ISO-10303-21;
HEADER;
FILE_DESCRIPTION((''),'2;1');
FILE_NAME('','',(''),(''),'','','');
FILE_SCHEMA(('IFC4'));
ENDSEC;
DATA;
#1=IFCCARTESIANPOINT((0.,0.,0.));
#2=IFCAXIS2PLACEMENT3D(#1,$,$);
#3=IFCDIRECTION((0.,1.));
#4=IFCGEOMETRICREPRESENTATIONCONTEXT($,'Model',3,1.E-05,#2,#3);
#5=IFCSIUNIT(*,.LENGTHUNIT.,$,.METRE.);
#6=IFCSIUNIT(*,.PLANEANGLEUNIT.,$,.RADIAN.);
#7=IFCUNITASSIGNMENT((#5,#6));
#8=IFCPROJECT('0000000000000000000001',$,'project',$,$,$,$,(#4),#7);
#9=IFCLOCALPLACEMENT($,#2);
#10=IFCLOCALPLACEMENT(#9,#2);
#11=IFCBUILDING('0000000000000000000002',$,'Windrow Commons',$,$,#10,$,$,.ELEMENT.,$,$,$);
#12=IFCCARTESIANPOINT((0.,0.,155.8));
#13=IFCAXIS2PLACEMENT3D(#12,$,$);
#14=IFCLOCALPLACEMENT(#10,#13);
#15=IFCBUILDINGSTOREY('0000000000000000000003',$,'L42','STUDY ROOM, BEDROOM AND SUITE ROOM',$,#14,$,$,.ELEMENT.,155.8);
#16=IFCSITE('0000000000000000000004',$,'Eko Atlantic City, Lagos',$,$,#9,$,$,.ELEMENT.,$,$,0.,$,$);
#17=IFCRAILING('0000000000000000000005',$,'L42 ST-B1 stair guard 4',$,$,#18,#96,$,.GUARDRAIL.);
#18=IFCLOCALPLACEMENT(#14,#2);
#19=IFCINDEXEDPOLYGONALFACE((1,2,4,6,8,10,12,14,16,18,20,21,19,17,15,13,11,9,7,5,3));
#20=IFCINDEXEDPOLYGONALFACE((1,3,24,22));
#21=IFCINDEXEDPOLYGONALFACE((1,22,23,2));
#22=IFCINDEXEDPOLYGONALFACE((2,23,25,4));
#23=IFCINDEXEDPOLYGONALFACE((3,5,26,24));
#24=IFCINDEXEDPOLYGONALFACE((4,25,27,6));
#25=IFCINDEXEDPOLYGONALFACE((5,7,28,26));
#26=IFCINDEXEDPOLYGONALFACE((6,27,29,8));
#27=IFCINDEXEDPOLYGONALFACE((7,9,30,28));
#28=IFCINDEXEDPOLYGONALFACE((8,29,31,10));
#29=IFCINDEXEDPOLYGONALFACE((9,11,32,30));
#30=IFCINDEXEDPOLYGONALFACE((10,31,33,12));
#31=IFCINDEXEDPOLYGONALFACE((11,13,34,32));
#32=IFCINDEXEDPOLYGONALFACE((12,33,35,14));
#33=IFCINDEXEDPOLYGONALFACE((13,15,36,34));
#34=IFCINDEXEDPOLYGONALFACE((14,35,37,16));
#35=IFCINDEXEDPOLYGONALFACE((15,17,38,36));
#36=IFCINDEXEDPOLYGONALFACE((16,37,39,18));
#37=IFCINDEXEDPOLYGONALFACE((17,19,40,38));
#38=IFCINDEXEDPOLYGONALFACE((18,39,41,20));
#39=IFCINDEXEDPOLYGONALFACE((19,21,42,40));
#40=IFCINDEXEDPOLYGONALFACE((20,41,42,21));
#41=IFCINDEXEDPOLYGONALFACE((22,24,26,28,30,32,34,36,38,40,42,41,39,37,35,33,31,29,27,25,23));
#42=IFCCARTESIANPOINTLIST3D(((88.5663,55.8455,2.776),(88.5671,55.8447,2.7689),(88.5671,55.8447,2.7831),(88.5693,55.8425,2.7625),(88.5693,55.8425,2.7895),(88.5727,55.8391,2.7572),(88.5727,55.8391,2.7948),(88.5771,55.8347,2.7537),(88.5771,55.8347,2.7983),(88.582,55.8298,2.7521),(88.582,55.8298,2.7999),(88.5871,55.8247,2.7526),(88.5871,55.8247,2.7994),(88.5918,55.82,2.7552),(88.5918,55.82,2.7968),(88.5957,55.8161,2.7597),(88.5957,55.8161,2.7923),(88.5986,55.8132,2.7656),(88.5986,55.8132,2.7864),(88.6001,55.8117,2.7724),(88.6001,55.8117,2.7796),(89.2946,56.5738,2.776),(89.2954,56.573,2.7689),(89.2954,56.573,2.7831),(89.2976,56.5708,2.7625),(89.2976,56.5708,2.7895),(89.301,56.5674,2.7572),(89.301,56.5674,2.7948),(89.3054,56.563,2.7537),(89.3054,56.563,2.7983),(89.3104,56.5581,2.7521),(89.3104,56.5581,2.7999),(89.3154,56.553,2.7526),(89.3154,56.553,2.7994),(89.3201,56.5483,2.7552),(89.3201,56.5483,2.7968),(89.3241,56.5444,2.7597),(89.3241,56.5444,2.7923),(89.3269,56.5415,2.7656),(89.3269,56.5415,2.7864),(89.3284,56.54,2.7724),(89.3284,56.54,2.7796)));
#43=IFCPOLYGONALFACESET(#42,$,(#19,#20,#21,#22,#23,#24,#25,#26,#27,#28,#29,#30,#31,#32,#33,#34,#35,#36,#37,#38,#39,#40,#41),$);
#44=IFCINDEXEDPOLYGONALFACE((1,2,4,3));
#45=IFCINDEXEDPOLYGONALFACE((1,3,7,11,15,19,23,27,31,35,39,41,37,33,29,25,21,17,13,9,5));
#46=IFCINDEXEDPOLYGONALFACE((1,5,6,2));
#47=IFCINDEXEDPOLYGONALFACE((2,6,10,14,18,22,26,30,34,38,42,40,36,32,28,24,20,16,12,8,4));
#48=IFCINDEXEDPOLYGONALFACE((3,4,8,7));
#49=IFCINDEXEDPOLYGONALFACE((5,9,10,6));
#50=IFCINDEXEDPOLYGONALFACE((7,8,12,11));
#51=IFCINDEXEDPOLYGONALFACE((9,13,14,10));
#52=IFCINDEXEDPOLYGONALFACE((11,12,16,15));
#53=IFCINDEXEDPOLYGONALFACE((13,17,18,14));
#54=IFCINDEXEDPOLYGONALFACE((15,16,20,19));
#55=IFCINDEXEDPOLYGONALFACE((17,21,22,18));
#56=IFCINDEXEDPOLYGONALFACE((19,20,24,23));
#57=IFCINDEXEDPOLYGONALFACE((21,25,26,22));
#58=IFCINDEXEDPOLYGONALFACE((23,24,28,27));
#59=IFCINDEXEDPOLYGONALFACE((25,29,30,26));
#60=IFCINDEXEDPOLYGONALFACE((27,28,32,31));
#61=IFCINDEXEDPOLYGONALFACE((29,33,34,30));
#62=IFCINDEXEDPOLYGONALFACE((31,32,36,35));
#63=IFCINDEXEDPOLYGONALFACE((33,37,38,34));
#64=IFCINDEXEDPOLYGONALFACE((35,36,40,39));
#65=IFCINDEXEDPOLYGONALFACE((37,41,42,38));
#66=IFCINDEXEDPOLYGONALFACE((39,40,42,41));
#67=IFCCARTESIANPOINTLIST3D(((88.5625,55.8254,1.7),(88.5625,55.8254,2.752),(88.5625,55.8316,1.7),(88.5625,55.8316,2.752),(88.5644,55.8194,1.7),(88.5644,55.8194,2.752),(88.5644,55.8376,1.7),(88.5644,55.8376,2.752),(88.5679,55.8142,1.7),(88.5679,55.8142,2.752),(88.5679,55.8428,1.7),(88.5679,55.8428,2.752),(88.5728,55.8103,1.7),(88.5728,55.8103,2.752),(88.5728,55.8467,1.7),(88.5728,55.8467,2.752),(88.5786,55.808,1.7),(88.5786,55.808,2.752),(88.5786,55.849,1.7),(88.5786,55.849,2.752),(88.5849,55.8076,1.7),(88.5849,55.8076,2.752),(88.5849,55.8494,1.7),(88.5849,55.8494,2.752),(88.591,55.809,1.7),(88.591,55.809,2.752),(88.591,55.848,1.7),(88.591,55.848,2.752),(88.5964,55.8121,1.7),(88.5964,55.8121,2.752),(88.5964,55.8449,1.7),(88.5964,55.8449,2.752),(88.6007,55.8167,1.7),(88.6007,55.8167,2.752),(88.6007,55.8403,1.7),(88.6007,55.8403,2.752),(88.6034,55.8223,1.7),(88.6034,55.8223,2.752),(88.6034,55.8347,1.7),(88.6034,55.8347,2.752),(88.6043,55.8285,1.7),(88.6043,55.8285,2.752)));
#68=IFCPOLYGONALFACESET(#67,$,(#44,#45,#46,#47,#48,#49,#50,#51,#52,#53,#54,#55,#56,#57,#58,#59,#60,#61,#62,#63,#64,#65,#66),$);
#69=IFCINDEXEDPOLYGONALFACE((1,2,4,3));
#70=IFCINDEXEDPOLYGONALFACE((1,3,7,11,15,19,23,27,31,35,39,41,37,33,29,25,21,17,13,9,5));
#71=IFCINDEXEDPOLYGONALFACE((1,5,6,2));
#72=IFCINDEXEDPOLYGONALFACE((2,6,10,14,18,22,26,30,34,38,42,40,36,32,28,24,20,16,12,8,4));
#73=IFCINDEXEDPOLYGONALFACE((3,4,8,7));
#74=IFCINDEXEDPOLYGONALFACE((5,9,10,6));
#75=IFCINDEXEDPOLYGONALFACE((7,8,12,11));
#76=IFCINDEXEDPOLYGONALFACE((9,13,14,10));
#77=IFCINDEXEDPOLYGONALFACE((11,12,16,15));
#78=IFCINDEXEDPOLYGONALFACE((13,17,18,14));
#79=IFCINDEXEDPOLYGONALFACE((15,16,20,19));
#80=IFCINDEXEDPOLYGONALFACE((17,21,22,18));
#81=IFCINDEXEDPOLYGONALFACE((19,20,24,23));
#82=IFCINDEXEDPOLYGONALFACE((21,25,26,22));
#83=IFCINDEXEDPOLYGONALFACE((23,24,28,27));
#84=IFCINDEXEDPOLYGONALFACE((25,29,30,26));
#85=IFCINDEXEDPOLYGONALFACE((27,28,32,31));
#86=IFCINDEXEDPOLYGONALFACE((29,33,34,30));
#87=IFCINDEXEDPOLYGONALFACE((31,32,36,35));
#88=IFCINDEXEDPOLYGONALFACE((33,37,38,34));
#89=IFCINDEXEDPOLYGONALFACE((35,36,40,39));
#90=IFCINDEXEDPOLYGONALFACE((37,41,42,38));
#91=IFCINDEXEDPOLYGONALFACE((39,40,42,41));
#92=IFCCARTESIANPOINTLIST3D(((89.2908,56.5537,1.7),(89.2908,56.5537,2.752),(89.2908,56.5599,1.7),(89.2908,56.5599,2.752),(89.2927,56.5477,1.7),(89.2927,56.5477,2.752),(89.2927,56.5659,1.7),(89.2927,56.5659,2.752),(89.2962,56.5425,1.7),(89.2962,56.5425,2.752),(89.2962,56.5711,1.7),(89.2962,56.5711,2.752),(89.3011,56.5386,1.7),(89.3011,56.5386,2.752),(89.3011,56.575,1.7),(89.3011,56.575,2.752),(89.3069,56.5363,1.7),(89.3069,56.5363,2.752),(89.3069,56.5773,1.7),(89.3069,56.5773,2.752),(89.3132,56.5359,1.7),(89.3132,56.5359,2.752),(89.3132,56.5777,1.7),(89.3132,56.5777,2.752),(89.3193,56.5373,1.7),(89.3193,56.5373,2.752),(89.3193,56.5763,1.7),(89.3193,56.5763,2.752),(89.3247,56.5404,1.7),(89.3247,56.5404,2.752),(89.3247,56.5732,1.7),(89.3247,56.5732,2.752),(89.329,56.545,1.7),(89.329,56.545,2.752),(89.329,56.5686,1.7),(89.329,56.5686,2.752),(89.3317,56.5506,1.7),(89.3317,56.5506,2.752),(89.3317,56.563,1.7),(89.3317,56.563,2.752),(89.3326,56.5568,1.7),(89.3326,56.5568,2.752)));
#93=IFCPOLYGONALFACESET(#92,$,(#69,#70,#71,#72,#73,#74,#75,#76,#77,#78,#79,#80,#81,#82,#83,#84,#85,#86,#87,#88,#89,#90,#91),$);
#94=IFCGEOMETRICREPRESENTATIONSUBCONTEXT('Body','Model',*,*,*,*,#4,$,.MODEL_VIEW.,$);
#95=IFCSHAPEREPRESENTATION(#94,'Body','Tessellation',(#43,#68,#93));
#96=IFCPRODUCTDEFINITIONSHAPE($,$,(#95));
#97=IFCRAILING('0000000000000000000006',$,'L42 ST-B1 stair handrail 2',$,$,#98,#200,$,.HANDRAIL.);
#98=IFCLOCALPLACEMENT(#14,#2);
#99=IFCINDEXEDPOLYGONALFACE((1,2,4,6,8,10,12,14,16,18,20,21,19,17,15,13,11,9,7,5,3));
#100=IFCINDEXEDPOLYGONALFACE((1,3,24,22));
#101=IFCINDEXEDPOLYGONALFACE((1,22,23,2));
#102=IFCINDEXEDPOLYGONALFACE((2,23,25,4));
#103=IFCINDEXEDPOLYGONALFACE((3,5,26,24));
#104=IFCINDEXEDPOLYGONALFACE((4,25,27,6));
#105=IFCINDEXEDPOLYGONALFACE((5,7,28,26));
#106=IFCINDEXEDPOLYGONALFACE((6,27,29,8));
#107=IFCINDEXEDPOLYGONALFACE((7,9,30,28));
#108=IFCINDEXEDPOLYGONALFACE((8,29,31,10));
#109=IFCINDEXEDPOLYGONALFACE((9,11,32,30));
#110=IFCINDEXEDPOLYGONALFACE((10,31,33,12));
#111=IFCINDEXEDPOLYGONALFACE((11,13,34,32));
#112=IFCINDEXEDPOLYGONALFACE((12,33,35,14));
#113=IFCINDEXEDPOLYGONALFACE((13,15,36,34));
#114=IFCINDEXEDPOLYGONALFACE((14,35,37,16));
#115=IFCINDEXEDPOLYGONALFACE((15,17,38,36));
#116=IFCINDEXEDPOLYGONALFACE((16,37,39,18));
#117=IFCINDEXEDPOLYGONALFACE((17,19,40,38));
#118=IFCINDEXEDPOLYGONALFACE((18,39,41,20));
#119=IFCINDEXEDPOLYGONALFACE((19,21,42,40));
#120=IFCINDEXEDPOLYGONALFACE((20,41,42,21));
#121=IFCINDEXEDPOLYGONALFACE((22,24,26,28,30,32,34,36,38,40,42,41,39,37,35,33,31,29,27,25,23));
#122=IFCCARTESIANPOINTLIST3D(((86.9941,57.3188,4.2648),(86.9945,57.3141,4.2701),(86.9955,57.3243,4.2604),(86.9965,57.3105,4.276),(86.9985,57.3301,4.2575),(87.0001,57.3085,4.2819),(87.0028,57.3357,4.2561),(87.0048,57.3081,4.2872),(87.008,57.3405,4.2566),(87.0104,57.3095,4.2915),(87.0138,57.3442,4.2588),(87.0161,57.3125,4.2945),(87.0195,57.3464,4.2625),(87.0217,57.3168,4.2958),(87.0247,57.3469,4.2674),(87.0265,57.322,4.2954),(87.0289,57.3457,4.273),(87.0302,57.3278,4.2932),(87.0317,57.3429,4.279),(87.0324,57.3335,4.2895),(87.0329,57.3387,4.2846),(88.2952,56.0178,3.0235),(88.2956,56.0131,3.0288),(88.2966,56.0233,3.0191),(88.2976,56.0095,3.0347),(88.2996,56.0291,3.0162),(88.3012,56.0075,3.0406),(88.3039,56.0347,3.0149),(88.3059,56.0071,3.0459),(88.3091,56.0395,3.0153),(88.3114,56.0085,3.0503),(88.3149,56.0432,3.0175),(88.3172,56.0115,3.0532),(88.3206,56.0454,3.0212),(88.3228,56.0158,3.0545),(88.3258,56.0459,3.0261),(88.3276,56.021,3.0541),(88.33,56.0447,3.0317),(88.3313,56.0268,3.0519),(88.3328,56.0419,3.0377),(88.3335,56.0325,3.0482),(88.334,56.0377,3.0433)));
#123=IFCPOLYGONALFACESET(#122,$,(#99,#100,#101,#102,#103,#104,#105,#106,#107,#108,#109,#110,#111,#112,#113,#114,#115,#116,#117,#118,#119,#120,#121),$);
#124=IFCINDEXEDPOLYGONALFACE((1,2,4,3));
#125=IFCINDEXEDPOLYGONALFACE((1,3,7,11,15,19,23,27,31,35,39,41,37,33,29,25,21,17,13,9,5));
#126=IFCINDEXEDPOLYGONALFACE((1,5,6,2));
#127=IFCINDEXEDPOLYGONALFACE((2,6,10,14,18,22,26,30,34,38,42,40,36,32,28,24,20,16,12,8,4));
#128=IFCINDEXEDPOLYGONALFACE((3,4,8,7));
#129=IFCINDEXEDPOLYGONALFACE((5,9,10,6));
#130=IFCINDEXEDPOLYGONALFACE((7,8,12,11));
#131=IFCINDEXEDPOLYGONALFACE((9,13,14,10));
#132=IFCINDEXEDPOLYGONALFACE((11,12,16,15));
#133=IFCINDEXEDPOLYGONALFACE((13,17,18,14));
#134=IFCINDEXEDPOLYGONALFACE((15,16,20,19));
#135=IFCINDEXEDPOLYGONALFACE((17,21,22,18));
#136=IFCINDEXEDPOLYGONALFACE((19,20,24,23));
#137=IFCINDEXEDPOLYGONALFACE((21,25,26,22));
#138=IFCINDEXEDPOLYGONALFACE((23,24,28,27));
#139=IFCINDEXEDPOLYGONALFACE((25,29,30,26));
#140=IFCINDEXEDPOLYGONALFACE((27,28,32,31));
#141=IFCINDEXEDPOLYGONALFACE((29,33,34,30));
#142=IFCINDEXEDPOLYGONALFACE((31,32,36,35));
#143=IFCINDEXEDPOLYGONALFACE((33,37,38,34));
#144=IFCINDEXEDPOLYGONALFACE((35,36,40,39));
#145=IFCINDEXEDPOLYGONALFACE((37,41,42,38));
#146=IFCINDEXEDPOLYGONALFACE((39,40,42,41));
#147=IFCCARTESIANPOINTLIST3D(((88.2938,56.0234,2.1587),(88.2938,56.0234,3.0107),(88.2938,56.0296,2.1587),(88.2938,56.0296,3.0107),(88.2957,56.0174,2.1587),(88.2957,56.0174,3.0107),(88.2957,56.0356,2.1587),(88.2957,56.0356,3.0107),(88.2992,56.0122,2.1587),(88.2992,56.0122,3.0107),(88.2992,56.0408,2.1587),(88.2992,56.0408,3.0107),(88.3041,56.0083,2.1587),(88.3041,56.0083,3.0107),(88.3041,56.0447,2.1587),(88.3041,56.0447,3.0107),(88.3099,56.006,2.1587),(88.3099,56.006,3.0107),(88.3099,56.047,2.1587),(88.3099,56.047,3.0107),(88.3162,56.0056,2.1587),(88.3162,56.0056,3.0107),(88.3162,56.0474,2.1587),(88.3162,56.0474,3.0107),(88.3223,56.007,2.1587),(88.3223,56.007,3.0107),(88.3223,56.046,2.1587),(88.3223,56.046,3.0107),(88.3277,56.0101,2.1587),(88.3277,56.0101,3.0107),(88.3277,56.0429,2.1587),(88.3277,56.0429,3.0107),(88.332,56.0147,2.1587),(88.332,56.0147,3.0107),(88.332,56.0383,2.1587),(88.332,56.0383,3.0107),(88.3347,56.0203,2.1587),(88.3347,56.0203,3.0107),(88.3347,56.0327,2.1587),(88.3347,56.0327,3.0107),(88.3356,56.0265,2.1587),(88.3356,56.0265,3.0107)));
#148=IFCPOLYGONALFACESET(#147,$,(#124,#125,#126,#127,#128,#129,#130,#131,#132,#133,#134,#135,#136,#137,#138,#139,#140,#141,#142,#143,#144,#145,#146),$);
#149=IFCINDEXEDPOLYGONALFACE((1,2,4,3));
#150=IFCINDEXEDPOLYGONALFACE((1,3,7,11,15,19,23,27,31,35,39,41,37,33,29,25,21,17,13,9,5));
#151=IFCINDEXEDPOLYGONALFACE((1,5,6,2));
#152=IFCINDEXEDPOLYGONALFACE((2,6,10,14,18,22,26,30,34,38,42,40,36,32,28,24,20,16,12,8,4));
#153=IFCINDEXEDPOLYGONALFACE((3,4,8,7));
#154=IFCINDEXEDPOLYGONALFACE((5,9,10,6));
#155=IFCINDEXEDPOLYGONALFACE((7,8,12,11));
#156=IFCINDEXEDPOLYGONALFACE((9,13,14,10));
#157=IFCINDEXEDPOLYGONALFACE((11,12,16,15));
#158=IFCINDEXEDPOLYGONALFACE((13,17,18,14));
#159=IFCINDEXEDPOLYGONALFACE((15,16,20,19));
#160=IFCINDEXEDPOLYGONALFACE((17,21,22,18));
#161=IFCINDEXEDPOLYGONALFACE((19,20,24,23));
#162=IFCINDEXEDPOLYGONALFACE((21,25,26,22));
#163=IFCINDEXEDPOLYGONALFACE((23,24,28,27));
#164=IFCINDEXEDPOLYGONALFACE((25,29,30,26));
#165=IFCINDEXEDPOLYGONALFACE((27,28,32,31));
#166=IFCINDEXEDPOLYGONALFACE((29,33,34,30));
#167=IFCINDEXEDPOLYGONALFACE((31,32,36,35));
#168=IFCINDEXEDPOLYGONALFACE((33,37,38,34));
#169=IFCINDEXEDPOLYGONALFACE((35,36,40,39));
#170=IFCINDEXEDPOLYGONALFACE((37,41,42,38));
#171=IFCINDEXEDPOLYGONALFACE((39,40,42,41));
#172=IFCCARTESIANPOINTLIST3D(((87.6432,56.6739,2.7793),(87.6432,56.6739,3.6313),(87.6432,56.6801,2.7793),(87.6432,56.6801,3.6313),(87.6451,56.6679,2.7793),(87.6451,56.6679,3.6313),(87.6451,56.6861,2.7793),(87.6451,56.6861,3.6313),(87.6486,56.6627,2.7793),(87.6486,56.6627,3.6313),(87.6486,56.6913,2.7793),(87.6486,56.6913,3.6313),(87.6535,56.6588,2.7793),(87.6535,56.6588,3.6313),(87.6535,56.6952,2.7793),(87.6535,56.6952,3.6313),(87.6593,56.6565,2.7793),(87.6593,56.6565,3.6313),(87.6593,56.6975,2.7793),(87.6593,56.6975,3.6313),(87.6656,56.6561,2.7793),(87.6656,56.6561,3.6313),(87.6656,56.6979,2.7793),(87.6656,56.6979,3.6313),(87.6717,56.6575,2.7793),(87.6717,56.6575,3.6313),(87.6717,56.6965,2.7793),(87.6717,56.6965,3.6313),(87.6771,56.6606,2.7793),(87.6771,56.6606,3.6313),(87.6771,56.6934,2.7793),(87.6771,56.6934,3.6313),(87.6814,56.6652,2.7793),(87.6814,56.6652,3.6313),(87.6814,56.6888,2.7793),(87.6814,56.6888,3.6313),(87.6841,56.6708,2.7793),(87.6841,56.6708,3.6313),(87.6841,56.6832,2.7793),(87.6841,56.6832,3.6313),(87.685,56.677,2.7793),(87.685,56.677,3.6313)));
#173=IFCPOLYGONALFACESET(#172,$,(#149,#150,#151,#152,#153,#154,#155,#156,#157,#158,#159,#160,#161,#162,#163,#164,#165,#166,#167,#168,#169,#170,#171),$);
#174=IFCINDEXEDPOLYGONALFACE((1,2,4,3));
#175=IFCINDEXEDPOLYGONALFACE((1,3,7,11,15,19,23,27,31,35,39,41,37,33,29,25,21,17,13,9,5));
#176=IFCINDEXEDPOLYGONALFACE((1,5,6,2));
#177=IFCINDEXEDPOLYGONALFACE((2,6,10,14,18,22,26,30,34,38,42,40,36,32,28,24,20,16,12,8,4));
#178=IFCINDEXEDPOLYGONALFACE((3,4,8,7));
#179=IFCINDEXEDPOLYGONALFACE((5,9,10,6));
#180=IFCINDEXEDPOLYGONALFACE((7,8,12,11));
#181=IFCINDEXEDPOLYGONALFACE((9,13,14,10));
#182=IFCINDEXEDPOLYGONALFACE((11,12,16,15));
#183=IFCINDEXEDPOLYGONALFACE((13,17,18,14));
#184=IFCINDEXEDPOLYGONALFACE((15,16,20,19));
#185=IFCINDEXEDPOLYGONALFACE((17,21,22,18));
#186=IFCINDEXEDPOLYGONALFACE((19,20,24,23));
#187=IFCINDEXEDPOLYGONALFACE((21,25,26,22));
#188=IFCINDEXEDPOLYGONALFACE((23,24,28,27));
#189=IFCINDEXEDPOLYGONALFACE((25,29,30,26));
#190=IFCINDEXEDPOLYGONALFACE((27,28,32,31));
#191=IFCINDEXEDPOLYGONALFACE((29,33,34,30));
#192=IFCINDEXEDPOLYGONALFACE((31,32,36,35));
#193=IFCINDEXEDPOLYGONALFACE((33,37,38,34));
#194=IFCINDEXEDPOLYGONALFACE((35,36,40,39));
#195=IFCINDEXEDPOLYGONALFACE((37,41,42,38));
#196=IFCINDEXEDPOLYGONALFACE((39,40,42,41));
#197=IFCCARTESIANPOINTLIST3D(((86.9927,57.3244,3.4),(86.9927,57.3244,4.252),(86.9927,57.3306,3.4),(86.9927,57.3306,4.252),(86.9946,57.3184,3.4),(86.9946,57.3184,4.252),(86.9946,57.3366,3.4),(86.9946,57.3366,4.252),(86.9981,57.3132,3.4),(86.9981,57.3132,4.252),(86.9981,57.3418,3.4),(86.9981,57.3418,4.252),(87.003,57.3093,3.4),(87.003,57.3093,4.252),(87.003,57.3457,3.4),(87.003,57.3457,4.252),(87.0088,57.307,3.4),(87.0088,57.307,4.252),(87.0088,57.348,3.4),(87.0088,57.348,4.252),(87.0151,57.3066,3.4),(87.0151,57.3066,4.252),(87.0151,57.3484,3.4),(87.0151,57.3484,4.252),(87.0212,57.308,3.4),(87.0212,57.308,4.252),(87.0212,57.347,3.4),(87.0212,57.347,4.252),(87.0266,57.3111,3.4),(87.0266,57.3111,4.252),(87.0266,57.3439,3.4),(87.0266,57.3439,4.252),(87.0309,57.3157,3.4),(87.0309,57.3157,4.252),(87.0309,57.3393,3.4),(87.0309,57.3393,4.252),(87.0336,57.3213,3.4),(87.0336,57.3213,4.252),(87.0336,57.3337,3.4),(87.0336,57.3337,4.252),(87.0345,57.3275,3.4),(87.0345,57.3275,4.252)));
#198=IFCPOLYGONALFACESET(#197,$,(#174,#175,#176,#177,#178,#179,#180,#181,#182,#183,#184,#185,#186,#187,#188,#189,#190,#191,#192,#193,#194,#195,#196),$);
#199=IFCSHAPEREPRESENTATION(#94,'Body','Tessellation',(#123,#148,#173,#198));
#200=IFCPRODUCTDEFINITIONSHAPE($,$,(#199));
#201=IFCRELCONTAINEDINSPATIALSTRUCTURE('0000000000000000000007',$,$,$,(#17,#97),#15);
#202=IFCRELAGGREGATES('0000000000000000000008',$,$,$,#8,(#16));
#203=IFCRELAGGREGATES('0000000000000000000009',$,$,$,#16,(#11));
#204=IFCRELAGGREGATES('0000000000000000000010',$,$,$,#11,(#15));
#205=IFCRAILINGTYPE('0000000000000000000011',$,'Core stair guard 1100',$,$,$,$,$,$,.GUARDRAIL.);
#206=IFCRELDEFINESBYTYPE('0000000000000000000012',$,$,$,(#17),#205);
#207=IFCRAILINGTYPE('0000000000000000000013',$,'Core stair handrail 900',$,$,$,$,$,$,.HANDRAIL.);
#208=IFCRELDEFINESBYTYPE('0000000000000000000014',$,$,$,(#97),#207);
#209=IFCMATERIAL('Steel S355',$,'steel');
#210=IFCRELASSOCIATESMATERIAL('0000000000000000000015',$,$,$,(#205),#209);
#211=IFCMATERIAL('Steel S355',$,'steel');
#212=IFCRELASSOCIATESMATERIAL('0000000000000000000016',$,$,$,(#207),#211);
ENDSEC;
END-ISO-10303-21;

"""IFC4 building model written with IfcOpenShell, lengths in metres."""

from ifc_helpers import new_model, si_unit, direction, frame, origin, origin_2d, place, context, subcontext, project, spatial, circle, extrude, material, type_object, element, save


model = new_model("IFC4")

# Units and contexts
model_context = context("Model", 3, precision=1e-05, world=origin(), true_north=direction((0.0, 1.0)))
body_context = subcontext(model_context, "Body", "Model", "MODEL_VIEW")
ifc_project = project(units=[si_unit("LENGTHUNIT", "METRE"), si_unit("PLANEANGLEUNIT", "RADIAN")], contexts=[model_context])

# Site, building, storey
site_placement = place(None, origin())
site = spatial("IfcSite", under=ifc_project, at=site_placement, Name="Eko Atlantic City, Lagos", CompositionType="ELEMENT", RefElevation=0.0)
building_placement = place(site_placement, origin())
building = spatial("IfcBuilding", under=site, at=building_placement, Name="Windrow Commons", CompositionType="ELEMENT")
storey_placement = place(building_placement, frame((0.0, 0.0, 155.8)))
storey = spatial("IfcBuildingStorey", under=building, at=storey_placement, Name="L42", Description="STUDY ROOM, BEDROOM AND SUITE ROOM", CompositionType="ELEMENT", Elevation=155.8)

# Railings
ifc_material_1 = material(Name="Steel S355", Category="steel")
railing_type_1 = type_object("IfcRailingType", Name="Core stair guard 1100", PredefinedType="GUARDRAIL", material=ifc_material_1)
railing_1_placement = place(storey_placement, frame((88.5833, 55.8285, 1.7)))
element("IfcRailing", 1, at=railing_1_placement, inside=storey, type_object=railing_type_1, Name="L42 ST-B1 stair guard 4", PredefinedType="GUARDRAIL", context=body_context, shape_type="SweptSolid", body=[
    extrude(circle(Radius=0.024, at=origin_2d()), frame((0.0, 0.0, 1.076), z_axis=(0.707107, 0.707107, 0.0), x_axis=(-0.707107, 0.707107, 0.0)), (0.0, 0.0, 1.0), 1.03),
    extrude(circle(Radius=0.021, at=origin_2d()), origin(), (0.0, 0.0, 1.0), 1.052),
    extrude(circle(Radius=0.021, at=origin_2d()), frame((0.7283, 0.7283, 0.0)), (0.0, 0.0, 1.0), 1.052),
])
ifc_material_2 = material(Name="Steel S355", Category="steel")
railing_type_2 = type_object("IfcRailingType", Name="Core stair handrail 900", PredefinedType="HANDRAIL", material=ifc_material_2)
railing_2_placement = place(storey_placement, frame((88.3146, 56.0265, 2.1587)))
element("IfcRailing", 2, at=railing_2_placement, inside=storey, type_object=railing_type_2, Name="L42 ST-B1 stair handrail 2", PredefinedType="HANDRAIL", context=body_context, shape_type="SweptSolid", body=[
    extrude(circle(Radius=0.024, at=origin_2d()), frame((0.0, 0.0, 0.876), z_axis=(-0.586207, 0.586162, 0.559264), x_axis=(-0.70708, -0.707134, 0.0)), (0.0, 0.0, 1.0), 2.2195),
    extrude(circle(Radius=0.021, at=origin_2d()), origin(), (0.0, 0.0, 1.0), 0.852),
    extrude(circle(Radius=0.021, at=origin_2d()), frame((-0.6506, 0.6505, 0.6206)), (0.0, 0.0, 1.0), 0.852),
    extrude(circle(Radius=0.021, at=origin_2d()), frame((-1.3011, 1.301, 1.2413)), (0.0, 0.0, 1.0), 0.852),
])

save(model, "model.ifc")
